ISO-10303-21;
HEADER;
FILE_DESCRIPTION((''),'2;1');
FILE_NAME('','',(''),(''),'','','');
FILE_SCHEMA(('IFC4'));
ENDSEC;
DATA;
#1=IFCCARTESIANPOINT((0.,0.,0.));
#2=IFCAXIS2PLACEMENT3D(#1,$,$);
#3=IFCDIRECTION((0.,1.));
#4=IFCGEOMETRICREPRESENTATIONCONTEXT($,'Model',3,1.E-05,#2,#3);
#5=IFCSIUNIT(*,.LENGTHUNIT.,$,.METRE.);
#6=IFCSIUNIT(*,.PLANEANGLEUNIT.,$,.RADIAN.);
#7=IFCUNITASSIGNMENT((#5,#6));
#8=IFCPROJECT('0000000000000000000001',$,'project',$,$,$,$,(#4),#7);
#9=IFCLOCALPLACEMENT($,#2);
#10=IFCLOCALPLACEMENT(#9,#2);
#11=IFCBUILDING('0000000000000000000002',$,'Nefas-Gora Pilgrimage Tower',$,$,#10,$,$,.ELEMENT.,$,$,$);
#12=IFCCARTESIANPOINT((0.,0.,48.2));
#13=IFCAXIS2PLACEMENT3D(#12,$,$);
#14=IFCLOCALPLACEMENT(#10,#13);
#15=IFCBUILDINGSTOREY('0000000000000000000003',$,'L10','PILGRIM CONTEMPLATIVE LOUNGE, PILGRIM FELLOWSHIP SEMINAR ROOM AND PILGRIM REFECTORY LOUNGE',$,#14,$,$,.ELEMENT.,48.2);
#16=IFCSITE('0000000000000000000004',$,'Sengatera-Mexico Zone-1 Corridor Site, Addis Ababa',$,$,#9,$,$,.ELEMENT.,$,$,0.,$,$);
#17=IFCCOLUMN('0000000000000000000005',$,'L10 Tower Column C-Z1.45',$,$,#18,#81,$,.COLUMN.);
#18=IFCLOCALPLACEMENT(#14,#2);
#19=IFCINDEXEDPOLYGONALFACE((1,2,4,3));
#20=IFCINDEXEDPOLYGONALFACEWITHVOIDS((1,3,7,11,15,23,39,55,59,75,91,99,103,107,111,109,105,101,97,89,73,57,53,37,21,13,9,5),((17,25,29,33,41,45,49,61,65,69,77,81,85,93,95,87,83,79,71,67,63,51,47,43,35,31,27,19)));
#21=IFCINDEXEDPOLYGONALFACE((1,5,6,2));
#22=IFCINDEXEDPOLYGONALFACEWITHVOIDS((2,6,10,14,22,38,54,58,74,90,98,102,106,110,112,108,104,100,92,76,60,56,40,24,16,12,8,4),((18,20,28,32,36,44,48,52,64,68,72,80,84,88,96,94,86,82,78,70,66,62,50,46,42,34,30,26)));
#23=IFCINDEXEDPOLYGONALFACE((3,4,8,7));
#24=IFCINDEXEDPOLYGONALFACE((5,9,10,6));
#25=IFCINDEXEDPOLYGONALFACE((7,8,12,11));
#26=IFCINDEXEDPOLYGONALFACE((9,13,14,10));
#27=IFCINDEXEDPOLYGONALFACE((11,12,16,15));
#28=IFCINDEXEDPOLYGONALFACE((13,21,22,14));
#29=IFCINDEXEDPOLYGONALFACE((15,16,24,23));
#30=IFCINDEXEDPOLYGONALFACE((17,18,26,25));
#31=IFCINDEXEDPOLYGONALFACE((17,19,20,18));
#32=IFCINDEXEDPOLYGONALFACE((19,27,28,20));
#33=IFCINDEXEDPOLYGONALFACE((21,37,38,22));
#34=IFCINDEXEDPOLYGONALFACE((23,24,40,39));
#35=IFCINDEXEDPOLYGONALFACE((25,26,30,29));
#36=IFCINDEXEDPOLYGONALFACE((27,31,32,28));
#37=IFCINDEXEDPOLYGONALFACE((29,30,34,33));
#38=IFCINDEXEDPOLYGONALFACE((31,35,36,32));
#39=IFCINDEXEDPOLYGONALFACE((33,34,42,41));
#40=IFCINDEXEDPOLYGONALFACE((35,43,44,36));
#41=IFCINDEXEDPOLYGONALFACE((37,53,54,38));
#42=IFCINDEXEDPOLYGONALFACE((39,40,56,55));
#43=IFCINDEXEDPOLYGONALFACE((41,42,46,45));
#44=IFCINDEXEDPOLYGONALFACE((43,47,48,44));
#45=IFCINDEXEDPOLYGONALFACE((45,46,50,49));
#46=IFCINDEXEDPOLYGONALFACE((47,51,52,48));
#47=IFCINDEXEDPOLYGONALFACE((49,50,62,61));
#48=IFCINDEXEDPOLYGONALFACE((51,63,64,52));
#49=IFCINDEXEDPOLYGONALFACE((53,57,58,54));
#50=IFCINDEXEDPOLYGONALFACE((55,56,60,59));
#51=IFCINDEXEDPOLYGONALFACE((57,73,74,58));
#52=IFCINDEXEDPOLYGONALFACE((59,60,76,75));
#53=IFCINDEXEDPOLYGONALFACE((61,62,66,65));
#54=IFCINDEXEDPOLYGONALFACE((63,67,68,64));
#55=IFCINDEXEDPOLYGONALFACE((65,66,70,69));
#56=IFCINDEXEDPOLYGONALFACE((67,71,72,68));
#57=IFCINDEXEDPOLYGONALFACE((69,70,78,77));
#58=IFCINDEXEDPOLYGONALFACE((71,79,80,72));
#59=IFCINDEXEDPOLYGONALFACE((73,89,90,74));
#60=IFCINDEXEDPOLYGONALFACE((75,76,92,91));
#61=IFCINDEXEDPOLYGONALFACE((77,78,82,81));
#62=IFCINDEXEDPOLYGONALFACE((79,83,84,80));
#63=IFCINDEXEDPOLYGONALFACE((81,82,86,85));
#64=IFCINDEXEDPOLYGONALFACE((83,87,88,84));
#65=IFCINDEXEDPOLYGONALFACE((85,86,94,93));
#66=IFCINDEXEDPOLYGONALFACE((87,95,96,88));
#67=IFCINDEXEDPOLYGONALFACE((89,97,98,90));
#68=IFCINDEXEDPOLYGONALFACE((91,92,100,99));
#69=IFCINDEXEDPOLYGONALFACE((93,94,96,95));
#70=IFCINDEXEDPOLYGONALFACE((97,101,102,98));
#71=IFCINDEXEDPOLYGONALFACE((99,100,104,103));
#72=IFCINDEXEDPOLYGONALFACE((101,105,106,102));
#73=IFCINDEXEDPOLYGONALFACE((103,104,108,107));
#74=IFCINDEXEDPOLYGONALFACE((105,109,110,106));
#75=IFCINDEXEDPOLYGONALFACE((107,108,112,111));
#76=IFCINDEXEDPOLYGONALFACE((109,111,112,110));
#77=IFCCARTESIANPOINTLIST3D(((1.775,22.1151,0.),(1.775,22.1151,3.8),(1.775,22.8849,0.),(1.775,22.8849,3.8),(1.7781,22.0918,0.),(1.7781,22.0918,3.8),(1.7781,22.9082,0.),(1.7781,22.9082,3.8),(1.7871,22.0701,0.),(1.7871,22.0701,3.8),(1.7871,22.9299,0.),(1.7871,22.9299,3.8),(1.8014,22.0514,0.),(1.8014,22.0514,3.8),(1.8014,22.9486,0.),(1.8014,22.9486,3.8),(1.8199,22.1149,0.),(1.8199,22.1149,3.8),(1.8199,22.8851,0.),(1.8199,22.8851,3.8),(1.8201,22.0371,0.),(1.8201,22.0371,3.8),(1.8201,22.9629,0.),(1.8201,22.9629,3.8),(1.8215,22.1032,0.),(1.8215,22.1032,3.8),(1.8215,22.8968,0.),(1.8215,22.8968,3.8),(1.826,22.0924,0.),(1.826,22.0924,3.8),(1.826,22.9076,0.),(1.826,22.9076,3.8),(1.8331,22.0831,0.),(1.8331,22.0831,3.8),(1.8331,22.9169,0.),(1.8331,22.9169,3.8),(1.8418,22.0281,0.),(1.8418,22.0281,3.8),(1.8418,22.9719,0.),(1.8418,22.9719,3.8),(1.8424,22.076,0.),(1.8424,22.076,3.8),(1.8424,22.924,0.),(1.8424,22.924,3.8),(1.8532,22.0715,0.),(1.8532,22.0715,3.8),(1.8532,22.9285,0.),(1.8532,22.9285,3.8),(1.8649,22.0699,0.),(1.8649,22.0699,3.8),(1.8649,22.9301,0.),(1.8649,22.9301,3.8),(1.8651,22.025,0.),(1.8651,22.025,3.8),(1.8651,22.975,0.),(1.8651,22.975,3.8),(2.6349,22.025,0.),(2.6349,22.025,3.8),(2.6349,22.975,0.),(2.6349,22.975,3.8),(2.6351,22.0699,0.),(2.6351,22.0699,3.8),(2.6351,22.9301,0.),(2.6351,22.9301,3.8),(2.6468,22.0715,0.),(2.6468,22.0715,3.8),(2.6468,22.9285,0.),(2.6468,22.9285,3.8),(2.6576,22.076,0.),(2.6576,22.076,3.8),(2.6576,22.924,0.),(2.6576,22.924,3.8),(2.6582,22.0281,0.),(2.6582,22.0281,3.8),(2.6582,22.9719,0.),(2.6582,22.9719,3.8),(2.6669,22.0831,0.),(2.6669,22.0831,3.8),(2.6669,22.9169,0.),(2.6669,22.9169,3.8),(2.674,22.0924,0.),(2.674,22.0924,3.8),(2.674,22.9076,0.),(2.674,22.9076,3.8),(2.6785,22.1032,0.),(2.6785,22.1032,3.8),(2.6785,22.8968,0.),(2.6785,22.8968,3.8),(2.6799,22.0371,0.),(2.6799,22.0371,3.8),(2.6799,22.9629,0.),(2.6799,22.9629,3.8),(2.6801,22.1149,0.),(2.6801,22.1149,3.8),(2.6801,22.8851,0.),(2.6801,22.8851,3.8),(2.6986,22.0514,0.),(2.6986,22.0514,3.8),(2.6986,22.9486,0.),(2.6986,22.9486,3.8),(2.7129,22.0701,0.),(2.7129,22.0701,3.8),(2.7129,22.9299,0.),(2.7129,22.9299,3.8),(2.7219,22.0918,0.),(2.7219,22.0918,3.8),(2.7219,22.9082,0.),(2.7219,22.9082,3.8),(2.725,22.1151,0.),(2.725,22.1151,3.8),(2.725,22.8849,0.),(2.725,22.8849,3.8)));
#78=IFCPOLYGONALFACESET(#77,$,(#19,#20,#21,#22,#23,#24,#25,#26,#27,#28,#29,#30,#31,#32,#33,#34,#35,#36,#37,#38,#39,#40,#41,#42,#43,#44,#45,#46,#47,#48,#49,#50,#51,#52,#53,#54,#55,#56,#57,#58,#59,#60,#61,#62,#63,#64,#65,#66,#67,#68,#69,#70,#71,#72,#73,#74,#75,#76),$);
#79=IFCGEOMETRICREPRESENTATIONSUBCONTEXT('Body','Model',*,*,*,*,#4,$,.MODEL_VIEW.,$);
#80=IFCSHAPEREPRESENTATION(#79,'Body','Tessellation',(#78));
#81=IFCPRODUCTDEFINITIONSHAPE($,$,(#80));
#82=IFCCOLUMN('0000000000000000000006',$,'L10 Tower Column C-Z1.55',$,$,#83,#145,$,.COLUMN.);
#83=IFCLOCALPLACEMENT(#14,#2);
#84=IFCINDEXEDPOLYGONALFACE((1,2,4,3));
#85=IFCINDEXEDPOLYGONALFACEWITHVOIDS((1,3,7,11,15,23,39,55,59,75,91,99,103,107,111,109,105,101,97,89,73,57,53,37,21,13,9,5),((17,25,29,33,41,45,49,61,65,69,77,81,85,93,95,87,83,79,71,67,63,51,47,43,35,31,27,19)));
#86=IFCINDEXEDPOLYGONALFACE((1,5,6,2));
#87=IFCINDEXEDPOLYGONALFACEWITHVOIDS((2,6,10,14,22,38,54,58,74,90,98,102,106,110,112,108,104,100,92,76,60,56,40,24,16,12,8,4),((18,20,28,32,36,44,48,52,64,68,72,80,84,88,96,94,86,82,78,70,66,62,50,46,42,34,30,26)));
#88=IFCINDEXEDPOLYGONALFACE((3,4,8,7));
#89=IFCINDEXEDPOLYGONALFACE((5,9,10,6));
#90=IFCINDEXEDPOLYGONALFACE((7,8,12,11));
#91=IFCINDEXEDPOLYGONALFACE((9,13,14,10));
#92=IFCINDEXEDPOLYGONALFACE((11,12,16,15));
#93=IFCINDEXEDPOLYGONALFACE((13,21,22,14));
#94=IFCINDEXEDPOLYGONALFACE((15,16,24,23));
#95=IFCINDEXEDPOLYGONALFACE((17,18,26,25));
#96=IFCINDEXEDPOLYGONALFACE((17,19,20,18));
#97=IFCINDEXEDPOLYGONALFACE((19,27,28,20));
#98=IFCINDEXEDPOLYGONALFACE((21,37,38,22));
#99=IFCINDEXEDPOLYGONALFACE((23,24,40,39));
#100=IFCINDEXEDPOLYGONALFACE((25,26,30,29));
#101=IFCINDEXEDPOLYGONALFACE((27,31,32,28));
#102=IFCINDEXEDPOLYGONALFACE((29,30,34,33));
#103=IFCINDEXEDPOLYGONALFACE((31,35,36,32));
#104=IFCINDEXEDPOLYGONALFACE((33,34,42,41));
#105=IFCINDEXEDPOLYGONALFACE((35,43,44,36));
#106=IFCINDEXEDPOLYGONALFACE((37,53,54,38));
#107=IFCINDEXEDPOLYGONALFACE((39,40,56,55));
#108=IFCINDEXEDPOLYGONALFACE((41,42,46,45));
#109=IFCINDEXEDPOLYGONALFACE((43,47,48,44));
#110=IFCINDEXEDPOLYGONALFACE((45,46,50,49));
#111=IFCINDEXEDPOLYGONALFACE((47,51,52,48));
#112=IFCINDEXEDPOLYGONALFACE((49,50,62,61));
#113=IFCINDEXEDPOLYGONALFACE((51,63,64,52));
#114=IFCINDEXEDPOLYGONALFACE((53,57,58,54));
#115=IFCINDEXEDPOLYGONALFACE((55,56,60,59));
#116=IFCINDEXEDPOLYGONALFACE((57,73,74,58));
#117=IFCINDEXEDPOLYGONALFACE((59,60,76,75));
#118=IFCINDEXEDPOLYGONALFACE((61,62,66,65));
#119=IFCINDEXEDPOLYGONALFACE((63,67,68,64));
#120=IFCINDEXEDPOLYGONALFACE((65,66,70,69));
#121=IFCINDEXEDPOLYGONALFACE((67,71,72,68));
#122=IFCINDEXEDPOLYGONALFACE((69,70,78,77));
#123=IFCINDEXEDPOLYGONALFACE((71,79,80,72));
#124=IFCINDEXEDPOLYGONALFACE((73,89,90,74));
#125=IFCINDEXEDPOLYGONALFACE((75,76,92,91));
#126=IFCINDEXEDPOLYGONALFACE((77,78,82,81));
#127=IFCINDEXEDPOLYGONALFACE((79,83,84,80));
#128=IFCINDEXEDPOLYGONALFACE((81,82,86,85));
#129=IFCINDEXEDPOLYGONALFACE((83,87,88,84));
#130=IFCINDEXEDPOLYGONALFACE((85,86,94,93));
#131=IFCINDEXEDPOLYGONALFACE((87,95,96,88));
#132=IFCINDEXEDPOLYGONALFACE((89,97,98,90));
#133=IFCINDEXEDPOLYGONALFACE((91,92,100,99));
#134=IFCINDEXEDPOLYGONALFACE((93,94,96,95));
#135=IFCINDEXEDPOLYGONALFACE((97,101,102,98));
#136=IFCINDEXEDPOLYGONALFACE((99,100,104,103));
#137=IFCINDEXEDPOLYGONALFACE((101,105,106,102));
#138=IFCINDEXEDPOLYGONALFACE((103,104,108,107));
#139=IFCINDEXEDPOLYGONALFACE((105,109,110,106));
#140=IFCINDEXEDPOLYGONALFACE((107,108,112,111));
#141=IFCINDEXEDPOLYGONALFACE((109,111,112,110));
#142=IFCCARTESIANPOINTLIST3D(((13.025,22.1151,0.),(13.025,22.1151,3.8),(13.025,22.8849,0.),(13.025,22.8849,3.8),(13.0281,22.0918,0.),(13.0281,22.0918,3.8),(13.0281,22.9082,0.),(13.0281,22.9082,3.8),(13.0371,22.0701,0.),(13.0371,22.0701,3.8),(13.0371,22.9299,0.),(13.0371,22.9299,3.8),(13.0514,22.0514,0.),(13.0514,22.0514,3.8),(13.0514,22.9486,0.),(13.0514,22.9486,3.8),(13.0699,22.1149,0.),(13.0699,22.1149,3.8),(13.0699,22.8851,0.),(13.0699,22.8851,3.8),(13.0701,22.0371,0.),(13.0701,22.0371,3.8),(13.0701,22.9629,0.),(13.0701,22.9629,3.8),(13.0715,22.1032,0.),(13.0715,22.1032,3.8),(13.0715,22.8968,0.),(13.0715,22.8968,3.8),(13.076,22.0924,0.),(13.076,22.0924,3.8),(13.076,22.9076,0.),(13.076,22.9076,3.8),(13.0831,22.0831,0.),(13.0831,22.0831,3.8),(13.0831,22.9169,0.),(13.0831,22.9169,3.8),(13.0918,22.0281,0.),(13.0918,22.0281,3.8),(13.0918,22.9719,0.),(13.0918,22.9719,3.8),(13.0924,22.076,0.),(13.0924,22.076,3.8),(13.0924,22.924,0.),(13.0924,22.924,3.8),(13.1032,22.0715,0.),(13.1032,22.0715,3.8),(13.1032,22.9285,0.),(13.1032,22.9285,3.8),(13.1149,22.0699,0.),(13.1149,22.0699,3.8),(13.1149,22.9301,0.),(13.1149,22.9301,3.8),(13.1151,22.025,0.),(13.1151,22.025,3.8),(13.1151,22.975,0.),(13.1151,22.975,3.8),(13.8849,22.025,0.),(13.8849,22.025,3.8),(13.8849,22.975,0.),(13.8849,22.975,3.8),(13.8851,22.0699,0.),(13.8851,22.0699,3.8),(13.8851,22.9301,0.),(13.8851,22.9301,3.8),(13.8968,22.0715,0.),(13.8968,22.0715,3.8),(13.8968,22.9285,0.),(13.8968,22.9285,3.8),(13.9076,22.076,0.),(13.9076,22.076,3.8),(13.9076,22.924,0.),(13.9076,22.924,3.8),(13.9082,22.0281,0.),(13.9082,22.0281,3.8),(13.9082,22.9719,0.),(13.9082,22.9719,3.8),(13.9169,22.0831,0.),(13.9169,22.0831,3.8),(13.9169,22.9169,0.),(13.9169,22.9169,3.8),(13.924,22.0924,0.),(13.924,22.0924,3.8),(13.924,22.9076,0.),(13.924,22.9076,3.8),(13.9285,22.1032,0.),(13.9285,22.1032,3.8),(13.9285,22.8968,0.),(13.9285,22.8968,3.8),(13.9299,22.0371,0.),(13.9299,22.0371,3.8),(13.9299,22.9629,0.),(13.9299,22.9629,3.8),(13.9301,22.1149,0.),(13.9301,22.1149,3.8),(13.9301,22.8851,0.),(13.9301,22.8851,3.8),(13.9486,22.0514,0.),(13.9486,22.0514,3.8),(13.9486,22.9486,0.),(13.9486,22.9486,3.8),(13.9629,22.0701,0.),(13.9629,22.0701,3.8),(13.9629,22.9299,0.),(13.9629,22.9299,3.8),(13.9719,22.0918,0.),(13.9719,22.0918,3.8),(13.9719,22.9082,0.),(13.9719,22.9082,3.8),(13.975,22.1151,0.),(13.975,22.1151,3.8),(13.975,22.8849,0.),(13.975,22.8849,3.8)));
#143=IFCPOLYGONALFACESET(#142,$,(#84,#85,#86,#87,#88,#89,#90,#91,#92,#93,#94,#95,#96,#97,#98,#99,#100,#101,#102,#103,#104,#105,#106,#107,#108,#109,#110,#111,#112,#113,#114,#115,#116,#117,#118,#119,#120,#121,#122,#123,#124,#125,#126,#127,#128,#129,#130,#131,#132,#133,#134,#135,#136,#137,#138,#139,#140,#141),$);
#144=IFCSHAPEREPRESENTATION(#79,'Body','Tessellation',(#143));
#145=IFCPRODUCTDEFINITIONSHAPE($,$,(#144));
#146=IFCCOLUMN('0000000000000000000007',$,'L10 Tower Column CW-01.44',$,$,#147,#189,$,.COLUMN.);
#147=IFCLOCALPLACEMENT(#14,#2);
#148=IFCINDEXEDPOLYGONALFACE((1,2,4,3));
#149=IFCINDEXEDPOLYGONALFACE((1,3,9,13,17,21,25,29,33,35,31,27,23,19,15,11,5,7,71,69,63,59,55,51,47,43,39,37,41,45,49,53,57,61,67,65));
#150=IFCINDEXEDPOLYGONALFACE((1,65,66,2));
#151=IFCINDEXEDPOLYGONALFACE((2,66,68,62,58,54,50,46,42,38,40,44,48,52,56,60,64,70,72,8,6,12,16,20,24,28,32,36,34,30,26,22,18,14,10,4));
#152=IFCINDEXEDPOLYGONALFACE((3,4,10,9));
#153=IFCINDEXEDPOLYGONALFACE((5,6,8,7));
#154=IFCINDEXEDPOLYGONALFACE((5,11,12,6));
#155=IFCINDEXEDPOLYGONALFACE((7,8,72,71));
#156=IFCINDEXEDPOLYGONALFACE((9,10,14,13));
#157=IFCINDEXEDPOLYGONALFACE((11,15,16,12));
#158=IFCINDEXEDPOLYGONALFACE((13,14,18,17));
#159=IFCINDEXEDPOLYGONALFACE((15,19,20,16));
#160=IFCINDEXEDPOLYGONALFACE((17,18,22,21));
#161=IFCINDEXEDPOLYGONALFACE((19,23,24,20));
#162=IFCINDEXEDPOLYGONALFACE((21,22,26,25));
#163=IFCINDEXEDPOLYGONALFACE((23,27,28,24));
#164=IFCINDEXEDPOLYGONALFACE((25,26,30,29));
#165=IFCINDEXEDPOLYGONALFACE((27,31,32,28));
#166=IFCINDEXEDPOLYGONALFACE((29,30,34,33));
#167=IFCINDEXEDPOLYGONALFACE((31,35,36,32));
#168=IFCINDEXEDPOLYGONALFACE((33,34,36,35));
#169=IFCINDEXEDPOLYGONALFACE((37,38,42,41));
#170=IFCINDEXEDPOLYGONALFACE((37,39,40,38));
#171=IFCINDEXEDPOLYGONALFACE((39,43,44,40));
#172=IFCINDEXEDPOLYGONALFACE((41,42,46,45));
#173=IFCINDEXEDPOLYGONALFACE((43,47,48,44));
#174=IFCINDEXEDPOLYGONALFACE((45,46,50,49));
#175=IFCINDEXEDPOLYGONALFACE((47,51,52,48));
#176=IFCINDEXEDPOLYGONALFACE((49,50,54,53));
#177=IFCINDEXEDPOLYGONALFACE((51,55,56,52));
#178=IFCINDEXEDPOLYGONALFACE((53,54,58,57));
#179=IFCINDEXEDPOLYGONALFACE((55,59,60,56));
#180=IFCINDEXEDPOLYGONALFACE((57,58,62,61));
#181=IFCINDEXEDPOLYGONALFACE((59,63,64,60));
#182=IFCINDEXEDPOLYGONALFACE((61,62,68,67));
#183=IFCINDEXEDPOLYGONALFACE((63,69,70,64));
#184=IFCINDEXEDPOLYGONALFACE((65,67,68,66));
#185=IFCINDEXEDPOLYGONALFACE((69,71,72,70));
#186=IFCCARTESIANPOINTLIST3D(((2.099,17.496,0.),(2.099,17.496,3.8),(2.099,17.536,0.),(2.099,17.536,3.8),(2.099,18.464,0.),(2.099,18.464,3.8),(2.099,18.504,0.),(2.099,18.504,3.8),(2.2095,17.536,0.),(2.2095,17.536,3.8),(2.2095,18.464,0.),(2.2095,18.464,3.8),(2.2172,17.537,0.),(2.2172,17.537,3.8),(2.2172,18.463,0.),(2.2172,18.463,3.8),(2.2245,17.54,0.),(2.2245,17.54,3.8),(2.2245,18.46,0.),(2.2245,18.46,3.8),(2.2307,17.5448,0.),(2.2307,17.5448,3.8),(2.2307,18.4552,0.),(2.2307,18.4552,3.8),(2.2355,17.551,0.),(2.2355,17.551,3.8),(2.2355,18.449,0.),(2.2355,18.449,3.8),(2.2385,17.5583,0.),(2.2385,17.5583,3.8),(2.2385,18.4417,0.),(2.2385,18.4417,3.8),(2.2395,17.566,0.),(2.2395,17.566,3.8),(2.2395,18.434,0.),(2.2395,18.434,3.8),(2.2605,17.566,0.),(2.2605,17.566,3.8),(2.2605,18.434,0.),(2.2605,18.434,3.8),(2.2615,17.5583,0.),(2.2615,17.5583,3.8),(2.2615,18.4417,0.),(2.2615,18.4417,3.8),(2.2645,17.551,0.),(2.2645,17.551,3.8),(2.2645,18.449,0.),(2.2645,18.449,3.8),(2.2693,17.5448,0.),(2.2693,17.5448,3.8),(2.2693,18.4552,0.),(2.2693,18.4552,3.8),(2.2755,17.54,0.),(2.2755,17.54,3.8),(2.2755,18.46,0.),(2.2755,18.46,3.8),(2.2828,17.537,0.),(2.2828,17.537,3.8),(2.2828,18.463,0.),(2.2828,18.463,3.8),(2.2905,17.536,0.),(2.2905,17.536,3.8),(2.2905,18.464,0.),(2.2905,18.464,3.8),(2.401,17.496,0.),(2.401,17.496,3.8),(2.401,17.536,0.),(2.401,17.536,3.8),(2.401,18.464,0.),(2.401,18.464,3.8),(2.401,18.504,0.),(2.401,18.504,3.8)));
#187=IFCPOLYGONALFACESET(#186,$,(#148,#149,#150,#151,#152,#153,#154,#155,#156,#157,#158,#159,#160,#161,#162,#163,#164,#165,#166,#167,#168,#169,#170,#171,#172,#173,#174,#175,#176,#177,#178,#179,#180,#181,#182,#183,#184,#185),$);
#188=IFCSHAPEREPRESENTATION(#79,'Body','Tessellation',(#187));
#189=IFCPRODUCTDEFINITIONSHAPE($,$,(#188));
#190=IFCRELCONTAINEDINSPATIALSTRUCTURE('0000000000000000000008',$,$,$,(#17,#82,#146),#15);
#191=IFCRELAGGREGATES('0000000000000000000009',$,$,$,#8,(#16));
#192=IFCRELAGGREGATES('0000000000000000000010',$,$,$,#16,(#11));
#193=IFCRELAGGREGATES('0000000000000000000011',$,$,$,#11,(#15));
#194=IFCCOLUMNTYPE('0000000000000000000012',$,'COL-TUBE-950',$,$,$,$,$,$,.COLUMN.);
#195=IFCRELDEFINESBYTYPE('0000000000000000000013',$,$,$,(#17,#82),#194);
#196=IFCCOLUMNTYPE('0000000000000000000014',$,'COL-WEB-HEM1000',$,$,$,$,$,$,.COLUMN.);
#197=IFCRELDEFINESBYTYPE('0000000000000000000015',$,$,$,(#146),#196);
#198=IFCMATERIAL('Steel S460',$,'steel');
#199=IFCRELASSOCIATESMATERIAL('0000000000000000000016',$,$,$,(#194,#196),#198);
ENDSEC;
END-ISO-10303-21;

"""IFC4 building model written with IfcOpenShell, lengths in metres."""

from ifc_helpers import new_model, si_unit, direction, frame, origin, origin_2d, place, context, subcontext, project, spatial, hollow_rectangle, i_section, extrude, source, transform, mapped, material, material_profile, profile_set, type_object, element, save


model = new_model("IFC4")

# Units and contexts
model_context = context("Model", 3, precision=1e-05, world=origin(), true_north=direction((0.0, 1.0)))
body_context = subcontext(model_context, "Body", "Model", "MODEL_VIEW")
ifc_project = project(units=[si_unit("LENGTHUNIT", "METRE"), si_unit("PLANEANGLEUNIT", "RADIAN")], contexts=[model_context])

# Site, building, storey
site_placement = place(None, origin())
site = spatial("IfcSite", under=ifc_project, at=site_placement, Name="Sengatera-Mexico Zone-1 Corridor Site, Addis Ababa", CompositionType="ELEMENT", RefElevation=0.0)
building_placement = place(site_placement, origin())
building = spatial("IfcBuilding", under=site, at=building_placement, Name="Nefas-Gora Pilgrimage Tower", CompositionType="ELEMENT")
storey_placement = place(building_placement, frame((0.0, 0.0, 48.2)))
storey = spatial("IfcBuildingStorey", under=building, at=storey_placement, Name="L10", Description="PILGRIM CONTEMPLATIVE LOUNGE, PILGRIM FELLOWSHIP SEMINAR ROOM AND PILGRIM REFECTORY LOUNGE", CompositionType="ELEMENT", Elevation=48.2)

# Columns
ifc_material_1 = material(Name="Steel S460", Category="steel")
ifc_material_profile_1 = material_profile(ifc_material_1, hollow_rectangle(XDim=0.95, YDim=0.95, WallThickness=0.0449, InnerFilletRadius=0.0449, OuterFilletRadius=0.0901, at=origin_2d()), Name="BOX 950x950x45")
ifc_profile_set_1 = profile_set([ifc_material_profile_1], Name="Steel S460")
column_type_1 = type_object("IfcColumnType", Name="COL-TUBE-950", PredefinedType="COLUMN", material=ifc_profile_set_1)
shared_shape_1 = source(origin(), body_context, "Body", "SweptSolid", [
    extrude(hollow_rectangle(XDim=0.95, YDim=0.95, WallThickness=0.0449, InnerFilletRadius=0.0449, OuterFilletRadius=0.0901, at=origin_2d()), origin(), (0.0, 0.0, 1.0), 3.8),
])
for number, where, z_axis, x_axis, name in (
    (1, (2.25, 22.5, 0.0), (0.0, 0.0, 1.0), (1.0, 0.0, 0.0), "L10 Tower Column C-Z1.45"),
    (2, (13.5, 22.5, 0.0), (0.0, 0.0, 1.0), (1.0, 0.0, 0.0), "L10 Tower Column C-Z1.55"),
):
    element("IfcColumn", number, at=place(storey_placement, frame(where, z_axis=z_axis, x_axis=x_axis)), inside=storey, type_object=column_type_1, Name=name, PredefinedType="COLUMN", context=body_context, shape_type="MappedRepresentation", body=[
        mapped(shared_shape_1, transform((0.0, 0.0, 0.0), x_axis=(1.0, 0.0, 0.0), y_axis=(0.0, 1.0, 0.0), z_axis=(0.0, 0.0, 1.0), scale=1.0)),
    ])
ifc_material_profile_2 = material_profile(ifc_material_1, i_section(OverallWidth=0.302, OverallDepth=1.0081, WebThickness=0.021, FlangeThickness=0.04, FilletRadius=0.03, at=origin_2d()), Name="HEM 1000")
ifc_profile_set_2 = profile_set([ifc_material_profile_2], Name="Steel S460")
column_type_2 = type_object("IfcColumnType", Name="COL-WEB-HEM1000", PredefinedType="COLUMN", material=ifc_profile_set_2)
shared_shape_2 = source(origin(), body_context, "Body", "SweptSolid", [
    extrude(i_section(OverallWidth=0.302, OverallDepth=1.0081, WebThickness=0.021, FlangeThickness=0.04, FilletRadius=0.03, at=origin_2d()), origin(), (0.0, 0.0, 1.0), 3.8),
])
for number, where, z_axis, x_axis, name in (
    (3, (2.25, 18.0, 0.0), (0.0, 0.0, 1.0), (1.0, 0.0, 0.0), "L10 Tower Column CW-01.44"),
):
    element("IfcColumn", number, at=place(storey_placement, frame(where, z_axis=z_axis, x_axis=x_axis)), inside=storey, type_object=column_type_2, Name=name, PredefinedType="COLUMN", context=body_context, shape_type="MappedRepresentation", body=[
        mapped(shared_shape_2, transform((0.0, 0.0, 0.0), x_axis=(1.0, 0.0, 0.0), y_axis=(0.0, 1.0, 0.0), z_axis=(0.0, 0.0, 1.0), scale=1.0)),
    ])

save(model, "model.ifc")
